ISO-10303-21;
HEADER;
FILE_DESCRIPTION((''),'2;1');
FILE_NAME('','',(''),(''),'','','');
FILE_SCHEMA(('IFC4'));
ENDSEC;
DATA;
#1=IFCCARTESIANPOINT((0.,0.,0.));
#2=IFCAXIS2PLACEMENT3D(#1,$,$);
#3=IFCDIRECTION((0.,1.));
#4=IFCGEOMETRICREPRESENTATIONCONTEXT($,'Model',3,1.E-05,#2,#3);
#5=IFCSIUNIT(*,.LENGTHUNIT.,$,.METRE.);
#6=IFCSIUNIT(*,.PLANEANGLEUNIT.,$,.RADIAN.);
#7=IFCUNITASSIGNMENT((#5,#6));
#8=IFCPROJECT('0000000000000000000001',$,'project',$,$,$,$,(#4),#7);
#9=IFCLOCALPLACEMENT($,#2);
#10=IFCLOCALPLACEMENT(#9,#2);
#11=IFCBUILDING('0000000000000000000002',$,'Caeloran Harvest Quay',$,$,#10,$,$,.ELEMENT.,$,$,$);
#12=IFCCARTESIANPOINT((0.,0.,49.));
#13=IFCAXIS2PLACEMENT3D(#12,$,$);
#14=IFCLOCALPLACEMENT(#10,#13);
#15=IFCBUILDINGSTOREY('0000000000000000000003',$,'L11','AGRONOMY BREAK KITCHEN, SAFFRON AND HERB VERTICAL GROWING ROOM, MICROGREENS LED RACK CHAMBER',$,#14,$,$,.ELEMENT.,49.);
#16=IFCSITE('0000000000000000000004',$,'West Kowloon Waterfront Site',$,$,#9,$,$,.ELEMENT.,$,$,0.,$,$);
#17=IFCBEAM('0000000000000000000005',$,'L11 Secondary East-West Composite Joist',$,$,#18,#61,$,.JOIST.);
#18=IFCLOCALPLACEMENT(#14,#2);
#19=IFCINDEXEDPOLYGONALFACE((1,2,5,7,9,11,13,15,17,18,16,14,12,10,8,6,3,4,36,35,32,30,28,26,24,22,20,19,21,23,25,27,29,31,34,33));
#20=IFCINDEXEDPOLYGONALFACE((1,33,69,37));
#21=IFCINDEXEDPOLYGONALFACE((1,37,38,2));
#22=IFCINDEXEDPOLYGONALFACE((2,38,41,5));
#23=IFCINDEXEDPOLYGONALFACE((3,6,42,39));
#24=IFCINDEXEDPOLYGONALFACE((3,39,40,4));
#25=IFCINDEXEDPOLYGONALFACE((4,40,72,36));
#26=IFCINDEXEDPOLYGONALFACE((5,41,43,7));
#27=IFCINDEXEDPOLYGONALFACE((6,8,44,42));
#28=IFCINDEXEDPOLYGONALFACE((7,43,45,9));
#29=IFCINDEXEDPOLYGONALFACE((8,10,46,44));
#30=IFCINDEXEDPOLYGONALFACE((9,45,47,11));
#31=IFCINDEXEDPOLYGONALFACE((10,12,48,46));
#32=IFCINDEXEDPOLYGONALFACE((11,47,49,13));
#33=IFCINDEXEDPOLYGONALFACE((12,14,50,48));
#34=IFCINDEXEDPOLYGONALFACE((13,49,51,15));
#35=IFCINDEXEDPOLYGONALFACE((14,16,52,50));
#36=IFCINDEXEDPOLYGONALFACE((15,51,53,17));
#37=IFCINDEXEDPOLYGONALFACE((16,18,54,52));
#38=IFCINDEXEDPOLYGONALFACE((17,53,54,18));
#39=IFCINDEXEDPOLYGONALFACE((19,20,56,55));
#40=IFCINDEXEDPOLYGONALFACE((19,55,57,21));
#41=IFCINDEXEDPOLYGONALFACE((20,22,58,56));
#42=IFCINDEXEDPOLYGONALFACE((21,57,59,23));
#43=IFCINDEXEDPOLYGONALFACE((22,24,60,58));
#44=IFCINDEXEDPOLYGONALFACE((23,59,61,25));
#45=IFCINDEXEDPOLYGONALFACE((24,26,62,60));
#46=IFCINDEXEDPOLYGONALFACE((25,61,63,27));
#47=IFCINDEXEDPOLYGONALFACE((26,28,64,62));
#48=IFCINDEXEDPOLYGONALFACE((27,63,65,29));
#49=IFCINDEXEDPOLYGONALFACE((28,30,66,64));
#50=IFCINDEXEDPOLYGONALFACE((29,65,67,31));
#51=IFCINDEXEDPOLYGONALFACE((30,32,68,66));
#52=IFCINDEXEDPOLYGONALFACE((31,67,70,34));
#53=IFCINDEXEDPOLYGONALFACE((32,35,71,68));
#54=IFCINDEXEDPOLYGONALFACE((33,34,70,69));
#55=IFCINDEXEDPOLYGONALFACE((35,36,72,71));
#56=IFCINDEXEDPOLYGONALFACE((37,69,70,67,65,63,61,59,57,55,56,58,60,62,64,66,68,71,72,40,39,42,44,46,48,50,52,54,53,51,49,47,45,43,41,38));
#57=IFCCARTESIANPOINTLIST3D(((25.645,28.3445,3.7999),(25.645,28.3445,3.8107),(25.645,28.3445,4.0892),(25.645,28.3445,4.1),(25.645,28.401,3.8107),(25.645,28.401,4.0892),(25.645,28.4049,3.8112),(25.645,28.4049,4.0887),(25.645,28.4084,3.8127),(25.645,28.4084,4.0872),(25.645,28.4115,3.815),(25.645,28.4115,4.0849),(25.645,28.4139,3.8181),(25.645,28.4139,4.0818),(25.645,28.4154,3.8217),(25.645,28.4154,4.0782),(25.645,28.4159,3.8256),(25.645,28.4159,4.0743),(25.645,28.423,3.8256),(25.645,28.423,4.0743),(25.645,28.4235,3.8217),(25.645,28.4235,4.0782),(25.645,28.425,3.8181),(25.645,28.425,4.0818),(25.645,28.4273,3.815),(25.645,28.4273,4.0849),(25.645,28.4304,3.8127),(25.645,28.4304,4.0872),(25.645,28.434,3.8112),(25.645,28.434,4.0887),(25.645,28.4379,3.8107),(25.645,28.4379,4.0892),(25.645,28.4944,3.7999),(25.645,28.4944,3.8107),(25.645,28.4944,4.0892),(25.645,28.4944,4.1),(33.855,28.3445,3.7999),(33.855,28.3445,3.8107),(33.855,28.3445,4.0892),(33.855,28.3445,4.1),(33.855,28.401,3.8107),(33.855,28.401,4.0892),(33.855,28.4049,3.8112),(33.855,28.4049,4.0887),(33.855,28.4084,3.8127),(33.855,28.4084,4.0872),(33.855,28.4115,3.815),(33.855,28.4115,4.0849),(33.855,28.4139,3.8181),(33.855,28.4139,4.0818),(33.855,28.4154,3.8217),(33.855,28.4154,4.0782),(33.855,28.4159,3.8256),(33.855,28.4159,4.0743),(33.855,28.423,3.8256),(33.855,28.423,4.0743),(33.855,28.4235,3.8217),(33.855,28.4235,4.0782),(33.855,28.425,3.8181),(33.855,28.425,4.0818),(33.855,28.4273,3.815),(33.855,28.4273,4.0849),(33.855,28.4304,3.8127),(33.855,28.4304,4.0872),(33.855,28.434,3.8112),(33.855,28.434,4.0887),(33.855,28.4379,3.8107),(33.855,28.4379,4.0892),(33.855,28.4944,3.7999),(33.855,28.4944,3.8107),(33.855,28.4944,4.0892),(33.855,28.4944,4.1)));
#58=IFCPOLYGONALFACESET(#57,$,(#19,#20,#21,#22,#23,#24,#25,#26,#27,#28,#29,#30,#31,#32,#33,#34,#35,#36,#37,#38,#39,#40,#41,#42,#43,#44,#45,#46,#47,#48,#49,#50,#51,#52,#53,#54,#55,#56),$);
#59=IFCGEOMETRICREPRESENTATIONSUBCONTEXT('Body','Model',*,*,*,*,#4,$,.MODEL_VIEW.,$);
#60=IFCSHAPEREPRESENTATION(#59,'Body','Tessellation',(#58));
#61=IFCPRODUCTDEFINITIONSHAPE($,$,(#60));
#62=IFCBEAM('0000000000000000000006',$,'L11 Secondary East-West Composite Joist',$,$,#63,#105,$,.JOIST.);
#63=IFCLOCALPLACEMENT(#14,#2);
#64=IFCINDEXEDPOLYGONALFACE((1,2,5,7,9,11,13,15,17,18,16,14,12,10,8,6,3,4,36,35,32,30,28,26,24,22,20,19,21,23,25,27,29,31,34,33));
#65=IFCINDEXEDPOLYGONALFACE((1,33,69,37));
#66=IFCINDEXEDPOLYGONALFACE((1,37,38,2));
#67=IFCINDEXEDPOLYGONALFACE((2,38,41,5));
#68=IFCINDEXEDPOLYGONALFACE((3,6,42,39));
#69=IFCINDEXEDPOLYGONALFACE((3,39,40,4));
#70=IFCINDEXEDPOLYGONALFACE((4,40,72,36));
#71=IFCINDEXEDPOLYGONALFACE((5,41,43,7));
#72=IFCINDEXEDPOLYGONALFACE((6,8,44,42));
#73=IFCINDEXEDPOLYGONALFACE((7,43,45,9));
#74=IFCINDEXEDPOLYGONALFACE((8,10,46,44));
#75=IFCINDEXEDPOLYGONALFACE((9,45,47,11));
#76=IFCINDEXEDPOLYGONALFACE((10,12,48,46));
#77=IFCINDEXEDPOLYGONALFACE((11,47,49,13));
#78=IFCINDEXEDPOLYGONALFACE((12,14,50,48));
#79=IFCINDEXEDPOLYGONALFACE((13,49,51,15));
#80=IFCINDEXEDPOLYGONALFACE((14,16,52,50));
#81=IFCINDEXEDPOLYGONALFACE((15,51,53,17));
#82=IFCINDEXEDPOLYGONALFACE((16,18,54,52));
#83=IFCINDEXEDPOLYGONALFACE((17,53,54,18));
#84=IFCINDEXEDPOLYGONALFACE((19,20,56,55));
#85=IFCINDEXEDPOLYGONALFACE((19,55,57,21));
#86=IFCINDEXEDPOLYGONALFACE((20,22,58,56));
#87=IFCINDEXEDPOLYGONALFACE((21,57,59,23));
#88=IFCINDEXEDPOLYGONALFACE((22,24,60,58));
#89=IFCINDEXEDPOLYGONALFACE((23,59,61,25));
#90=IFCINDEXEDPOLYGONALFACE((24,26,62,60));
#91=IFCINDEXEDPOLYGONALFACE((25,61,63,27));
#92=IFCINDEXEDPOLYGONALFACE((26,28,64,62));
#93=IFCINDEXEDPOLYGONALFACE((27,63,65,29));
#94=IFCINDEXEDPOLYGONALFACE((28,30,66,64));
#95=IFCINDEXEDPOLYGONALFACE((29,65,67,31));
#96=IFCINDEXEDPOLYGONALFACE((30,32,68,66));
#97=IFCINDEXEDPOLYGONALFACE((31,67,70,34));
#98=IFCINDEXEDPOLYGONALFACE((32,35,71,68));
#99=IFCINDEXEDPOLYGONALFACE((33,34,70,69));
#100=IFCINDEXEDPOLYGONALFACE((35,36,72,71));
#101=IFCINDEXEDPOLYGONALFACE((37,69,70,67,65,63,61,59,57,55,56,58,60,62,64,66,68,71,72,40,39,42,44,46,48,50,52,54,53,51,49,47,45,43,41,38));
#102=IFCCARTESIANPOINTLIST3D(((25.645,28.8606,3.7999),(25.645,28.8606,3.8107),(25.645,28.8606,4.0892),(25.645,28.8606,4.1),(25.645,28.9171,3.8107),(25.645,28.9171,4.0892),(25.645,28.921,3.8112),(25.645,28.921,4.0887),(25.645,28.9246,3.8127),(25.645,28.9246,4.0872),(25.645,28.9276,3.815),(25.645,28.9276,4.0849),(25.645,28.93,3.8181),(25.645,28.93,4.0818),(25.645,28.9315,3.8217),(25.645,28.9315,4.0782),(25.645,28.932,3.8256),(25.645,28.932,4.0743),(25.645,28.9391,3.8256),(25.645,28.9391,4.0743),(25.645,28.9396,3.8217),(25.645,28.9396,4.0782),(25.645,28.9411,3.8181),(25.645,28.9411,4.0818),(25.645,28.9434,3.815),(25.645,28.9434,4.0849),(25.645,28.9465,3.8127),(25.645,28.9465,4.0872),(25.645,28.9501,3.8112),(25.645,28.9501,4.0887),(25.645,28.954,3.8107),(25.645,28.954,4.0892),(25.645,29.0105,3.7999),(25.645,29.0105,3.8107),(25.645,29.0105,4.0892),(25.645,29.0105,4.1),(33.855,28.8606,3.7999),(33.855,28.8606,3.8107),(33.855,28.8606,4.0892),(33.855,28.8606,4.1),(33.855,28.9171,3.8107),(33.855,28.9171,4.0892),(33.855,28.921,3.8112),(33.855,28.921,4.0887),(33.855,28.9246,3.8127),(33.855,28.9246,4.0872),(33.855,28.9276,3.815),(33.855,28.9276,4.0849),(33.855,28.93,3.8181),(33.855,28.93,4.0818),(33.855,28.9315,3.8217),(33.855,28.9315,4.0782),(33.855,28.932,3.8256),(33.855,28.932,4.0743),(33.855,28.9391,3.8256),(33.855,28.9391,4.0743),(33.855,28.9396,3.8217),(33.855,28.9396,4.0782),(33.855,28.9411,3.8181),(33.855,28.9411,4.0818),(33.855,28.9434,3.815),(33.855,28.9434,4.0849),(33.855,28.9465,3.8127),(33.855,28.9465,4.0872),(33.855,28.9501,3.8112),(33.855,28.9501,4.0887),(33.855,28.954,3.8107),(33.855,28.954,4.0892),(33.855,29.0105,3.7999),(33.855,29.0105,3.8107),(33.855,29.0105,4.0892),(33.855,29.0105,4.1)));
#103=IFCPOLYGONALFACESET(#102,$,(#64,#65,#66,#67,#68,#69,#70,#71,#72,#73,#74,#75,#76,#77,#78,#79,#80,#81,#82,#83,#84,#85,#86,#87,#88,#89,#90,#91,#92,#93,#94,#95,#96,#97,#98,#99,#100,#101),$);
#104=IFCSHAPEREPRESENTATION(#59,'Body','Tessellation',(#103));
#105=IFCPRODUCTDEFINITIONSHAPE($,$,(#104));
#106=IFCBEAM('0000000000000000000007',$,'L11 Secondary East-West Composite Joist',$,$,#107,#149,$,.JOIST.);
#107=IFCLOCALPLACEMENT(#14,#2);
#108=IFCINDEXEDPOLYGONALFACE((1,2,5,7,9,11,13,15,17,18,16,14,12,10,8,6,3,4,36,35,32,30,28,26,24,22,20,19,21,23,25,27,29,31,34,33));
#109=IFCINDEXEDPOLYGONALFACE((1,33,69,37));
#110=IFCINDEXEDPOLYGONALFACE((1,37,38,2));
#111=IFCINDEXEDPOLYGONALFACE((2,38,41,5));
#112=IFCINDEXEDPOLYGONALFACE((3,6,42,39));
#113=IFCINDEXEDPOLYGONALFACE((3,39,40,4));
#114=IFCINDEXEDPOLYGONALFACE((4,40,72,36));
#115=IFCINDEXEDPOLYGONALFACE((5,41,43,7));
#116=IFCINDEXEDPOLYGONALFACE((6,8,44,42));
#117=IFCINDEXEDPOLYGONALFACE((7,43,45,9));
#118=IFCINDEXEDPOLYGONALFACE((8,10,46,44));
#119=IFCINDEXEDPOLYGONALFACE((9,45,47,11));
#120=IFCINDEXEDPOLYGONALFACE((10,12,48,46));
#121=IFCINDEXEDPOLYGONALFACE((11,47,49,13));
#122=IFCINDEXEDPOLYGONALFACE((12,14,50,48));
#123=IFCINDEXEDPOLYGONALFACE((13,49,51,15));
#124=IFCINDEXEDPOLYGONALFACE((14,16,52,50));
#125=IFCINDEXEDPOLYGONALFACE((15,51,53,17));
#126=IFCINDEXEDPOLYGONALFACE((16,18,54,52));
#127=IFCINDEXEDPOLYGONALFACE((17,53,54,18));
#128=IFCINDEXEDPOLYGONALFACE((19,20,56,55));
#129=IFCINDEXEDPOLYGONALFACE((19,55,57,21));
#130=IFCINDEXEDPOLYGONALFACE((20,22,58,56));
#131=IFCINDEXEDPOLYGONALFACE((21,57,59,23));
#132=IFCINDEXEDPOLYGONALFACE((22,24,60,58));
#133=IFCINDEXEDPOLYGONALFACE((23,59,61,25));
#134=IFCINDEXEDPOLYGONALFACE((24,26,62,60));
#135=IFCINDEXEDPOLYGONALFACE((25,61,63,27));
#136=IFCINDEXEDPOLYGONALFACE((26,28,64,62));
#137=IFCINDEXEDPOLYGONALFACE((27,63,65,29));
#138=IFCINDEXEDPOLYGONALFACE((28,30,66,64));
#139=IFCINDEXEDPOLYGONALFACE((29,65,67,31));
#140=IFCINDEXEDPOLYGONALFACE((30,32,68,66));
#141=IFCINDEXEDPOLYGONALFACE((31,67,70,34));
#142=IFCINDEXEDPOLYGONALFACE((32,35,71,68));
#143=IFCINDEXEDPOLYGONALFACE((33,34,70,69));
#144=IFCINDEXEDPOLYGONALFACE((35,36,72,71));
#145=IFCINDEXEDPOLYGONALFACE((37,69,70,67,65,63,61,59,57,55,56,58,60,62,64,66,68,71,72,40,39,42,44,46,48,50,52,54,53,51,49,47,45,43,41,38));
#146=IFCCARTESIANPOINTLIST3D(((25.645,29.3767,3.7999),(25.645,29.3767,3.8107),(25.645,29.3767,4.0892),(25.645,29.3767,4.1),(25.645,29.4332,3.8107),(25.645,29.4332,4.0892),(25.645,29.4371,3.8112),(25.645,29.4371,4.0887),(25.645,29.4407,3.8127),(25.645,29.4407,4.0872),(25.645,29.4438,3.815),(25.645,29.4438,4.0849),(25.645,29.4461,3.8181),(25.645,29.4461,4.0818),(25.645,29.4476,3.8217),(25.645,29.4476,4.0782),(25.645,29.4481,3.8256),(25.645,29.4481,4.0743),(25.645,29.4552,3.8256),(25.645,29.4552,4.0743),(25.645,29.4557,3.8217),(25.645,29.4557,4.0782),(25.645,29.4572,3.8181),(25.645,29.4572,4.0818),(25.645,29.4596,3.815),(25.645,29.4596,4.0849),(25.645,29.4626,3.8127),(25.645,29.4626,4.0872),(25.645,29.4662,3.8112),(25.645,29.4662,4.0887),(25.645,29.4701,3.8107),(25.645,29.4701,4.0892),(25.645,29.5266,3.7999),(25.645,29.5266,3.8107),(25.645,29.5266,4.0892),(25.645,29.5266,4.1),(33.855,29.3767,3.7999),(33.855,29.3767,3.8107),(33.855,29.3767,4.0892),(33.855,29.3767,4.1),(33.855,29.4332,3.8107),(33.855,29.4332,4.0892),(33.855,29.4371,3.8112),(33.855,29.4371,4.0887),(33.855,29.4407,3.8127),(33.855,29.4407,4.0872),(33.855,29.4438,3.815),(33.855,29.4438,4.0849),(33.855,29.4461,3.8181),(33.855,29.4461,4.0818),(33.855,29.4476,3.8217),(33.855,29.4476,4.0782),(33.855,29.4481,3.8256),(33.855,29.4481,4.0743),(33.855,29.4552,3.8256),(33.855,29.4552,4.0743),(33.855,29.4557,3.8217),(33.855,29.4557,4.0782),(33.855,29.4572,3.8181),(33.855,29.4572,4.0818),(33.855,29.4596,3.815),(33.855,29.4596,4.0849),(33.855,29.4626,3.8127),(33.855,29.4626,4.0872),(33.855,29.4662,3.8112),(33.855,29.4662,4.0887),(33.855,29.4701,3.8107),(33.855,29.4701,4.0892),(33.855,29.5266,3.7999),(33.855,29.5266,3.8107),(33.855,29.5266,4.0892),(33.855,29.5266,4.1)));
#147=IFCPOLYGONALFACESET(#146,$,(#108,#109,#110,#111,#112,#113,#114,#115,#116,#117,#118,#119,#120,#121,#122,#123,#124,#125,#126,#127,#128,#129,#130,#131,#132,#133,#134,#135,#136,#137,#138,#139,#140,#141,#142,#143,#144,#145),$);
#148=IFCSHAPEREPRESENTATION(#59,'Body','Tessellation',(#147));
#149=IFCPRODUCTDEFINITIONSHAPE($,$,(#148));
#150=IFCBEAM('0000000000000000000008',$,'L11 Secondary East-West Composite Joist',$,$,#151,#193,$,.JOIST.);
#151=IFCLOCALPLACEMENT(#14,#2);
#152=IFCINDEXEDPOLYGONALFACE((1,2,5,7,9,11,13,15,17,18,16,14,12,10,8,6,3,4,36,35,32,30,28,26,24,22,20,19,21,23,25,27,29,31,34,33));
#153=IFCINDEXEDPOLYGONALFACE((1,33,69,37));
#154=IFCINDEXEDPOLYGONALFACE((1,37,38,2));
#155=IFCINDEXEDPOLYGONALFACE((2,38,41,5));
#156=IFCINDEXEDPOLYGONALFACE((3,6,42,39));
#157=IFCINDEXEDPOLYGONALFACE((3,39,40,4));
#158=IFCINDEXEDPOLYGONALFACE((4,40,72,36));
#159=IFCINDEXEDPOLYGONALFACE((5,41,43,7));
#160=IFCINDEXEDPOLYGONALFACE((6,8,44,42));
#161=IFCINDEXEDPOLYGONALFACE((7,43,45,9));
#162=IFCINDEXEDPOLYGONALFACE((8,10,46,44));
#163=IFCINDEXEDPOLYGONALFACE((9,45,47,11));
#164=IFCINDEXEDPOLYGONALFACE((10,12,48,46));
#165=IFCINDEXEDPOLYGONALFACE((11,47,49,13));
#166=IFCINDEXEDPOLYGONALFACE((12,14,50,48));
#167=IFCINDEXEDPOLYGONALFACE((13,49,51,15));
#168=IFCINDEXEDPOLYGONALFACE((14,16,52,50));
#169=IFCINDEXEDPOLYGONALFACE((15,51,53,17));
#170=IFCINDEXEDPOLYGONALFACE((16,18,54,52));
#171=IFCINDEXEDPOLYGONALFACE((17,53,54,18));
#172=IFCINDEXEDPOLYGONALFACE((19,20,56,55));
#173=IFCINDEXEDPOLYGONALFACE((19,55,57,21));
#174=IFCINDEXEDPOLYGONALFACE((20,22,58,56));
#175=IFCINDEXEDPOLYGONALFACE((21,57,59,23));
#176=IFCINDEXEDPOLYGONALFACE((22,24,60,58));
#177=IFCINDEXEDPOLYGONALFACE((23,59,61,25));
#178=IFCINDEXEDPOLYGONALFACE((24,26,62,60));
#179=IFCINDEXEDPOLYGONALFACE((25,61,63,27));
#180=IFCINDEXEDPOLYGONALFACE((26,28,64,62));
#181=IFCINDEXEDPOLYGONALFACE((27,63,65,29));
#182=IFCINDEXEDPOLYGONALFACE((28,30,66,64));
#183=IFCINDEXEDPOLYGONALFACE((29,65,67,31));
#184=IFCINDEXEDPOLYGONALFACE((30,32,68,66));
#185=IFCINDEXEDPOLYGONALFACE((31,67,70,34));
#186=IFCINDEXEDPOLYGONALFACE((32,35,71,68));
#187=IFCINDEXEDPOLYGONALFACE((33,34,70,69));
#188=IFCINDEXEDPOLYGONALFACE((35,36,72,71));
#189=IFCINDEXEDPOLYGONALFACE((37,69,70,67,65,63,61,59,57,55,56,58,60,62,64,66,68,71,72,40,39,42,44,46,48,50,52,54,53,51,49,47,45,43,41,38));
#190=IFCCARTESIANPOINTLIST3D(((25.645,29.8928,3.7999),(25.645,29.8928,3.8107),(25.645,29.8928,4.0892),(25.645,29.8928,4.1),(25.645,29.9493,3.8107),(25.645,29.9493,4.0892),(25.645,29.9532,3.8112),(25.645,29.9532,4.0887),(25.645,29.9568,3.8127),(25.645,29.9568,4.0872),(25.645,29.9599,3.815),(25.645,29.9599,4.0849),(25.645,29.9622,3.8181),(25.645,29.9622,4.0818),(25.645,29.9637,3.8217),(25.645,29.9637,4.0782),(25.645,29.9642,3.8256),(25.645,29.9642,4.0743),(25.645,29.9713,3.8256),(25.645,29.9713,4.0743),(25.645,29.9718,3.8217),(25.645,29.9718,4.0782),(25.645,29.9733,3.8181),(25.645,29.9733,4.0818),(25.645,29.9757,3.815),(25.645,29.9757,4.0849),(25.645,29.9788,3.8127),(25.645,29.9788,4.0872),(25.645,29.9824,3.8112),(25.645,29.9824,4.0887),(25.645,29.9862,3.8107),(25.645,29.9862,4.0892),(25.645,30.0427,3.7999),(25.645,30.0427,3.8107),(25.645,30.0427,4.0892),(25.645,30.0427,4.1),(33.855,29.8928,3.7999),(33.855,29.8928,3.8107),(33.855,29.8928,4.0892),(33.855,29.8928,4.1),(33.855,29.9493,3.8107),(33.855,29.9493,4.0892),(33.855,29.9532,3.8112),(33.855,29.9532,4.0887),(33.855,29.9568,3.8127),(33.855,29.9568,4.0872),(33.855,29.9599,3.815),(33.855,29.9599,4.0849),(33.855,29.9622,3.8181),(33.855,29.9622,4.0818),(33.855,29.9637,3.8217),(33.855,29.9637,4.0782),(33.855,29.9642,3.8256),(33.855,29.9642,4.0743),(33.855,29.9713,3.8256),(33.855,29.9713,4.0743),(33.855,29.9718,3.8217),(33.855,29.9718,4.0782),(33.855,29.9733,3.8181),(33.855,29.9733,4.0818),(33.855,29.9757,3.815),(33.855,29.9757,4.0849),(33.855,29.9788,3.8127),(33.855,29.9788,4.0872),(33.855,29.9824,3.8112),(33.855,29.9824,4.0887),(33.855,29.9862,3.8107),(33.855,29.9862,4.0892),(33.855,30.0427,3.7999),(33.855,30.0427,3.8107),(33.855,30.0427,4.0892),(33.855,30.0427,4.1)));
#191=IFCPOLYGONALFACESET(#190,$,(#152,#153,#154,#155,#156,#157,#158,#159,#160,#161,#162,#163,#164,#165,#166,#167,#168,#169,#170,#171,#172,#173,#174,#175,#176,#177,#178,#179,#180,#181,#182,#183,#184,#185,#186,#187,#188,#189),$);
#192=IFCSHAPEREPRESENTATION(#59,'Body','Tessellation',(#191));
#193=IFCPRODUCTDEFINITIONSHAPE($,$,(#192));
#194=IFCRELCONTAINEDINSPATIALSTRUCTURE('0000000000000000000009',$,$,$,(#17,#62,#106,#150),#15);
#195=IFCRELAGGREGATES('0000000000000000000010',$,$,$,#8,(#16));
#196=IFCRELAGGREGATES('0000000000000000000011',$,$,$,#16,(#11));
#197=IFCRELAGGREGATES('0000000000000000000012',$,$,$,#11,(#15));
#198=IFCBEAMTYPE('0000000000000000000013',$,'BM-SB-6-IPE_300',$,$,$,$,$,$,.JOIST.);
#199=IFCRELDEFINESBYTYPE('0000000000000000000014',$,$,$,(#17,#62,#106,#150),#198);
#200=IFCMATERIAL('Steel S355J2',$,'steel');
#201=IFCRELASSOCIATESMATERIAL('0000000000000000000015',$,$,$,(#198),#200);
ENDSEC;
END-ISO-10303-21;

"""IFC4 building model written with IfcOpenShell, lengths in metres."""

from ifc_helpers import new_model, si_unit, direction, frame, origin, origin_2d, place, context, subcontext, project, spatial, i_section, extrude, material, material_profile, profile_set, type_object, element, save


model = new_model("IFC4")

# Units and contexts
model_context = context("Model", 3, precision=1e-05, world=origin(), true_north=direction((0.0, 1.0)))
body_context = subcontext(model_context, "Body", "Model", "MODEL_VIEW")
ifc_project = project(units=[si_unit("LENGTHUNIT", "METRE"), si_unit("PLANEANGLEUNIT", "RADIAN")], contexts=[model_context])

# Site, building, storey
site_placement = place(None, origin())
site = spatial("IfcSite", under=ifc_project, at=site_placement, Name="West Kowloon Waterfront Site", CompositionType="ELEMENT", RefElevation=0.0)
building_placement = place(site_placement, origin())
building = spatial("IfcBuilding", under=site, at=building_placement, Name="Caeloran Harvest Quay", CompositionType="ELEMENT")
storey_placement = place(building_placement, frame((0.0, 0.0, 49.0)))
storey = spatial("IfcBuildingStorey", under=building, at=storey_placement, Name="L11", Description="AGRONOMY BREAK KITCHEN, SAFFRON AND HERB VERTICAL GROWING ROOM, MICROGREENS LED RACK CHAMBER", CompositionType="ELEMENT", Elevation=49.0)

# Beams
ifc_material_1 = material(Name="Steel S355J2", Category="steel")
ifc_material_profile_1 = material_profile(ifc_material_1, i_section(OverallWidth=0.1499, OverallDepth=0.3, WebThickness=0.0071, FlangeThickness=0.0107, FilletRadius=0.0149, at=origin_2d()), Name="IPE 300")
ifc_profile_set_1 = profile_set([ifc_material_profile_1], Name="Steel S355J2")
beam_type_1 = type_object("IfcBeamType", Name="BM-SB-6-IPE_300", PredefinedType="JOIST", material=ifc_profile_set_1)
for number, where, z_axis, x_axis, name in (
    (1, (25.645, 28.4194, 3.95), (1.0, 0.0, 0.0), (0.0, 1.0, 0.0), "L11 Secondary East-West Composite Joist"),
    (2, (25.645, 28.9355, 3.95), (1.0, 0.0, 0.0), (0.0, 1.0, 0.0), "L11 Secondary East-West Composite Joist"),
    (3, (25.645, 29.4517, 3.95), (1.0, 0.0, 0.0), (0.0, 1.0, 0.0), "L11 Secondary East-West Composite Joist"),
    (4, (25.645, 29.9678, 3.95), (1.0, 0.0, 0.0), (0.0, 1.0, 0.0), "L11 Secondary East-West Composite Joist"),
):
    element("IfcBeam", number, at=place(storey_placement, frame(where, z_axis=z_axis, x_axis=x_axis)), inside=storey, type_object=beam_type_1, Name=name, PredefinedType="JOIST", context=body_context, shape_type="SweptSolid", body=[
        extrude(i_section(OverallWidth=0.1499, OverallDepth=0.3, WebThickness=0.0071, FlangeThickness=0.0107, FilletRadius=0.0149, at=origin_2d()), origin(), (0.0, 0.0, 1.0), 8.21),
    ])

save(model, "model.ifc")
